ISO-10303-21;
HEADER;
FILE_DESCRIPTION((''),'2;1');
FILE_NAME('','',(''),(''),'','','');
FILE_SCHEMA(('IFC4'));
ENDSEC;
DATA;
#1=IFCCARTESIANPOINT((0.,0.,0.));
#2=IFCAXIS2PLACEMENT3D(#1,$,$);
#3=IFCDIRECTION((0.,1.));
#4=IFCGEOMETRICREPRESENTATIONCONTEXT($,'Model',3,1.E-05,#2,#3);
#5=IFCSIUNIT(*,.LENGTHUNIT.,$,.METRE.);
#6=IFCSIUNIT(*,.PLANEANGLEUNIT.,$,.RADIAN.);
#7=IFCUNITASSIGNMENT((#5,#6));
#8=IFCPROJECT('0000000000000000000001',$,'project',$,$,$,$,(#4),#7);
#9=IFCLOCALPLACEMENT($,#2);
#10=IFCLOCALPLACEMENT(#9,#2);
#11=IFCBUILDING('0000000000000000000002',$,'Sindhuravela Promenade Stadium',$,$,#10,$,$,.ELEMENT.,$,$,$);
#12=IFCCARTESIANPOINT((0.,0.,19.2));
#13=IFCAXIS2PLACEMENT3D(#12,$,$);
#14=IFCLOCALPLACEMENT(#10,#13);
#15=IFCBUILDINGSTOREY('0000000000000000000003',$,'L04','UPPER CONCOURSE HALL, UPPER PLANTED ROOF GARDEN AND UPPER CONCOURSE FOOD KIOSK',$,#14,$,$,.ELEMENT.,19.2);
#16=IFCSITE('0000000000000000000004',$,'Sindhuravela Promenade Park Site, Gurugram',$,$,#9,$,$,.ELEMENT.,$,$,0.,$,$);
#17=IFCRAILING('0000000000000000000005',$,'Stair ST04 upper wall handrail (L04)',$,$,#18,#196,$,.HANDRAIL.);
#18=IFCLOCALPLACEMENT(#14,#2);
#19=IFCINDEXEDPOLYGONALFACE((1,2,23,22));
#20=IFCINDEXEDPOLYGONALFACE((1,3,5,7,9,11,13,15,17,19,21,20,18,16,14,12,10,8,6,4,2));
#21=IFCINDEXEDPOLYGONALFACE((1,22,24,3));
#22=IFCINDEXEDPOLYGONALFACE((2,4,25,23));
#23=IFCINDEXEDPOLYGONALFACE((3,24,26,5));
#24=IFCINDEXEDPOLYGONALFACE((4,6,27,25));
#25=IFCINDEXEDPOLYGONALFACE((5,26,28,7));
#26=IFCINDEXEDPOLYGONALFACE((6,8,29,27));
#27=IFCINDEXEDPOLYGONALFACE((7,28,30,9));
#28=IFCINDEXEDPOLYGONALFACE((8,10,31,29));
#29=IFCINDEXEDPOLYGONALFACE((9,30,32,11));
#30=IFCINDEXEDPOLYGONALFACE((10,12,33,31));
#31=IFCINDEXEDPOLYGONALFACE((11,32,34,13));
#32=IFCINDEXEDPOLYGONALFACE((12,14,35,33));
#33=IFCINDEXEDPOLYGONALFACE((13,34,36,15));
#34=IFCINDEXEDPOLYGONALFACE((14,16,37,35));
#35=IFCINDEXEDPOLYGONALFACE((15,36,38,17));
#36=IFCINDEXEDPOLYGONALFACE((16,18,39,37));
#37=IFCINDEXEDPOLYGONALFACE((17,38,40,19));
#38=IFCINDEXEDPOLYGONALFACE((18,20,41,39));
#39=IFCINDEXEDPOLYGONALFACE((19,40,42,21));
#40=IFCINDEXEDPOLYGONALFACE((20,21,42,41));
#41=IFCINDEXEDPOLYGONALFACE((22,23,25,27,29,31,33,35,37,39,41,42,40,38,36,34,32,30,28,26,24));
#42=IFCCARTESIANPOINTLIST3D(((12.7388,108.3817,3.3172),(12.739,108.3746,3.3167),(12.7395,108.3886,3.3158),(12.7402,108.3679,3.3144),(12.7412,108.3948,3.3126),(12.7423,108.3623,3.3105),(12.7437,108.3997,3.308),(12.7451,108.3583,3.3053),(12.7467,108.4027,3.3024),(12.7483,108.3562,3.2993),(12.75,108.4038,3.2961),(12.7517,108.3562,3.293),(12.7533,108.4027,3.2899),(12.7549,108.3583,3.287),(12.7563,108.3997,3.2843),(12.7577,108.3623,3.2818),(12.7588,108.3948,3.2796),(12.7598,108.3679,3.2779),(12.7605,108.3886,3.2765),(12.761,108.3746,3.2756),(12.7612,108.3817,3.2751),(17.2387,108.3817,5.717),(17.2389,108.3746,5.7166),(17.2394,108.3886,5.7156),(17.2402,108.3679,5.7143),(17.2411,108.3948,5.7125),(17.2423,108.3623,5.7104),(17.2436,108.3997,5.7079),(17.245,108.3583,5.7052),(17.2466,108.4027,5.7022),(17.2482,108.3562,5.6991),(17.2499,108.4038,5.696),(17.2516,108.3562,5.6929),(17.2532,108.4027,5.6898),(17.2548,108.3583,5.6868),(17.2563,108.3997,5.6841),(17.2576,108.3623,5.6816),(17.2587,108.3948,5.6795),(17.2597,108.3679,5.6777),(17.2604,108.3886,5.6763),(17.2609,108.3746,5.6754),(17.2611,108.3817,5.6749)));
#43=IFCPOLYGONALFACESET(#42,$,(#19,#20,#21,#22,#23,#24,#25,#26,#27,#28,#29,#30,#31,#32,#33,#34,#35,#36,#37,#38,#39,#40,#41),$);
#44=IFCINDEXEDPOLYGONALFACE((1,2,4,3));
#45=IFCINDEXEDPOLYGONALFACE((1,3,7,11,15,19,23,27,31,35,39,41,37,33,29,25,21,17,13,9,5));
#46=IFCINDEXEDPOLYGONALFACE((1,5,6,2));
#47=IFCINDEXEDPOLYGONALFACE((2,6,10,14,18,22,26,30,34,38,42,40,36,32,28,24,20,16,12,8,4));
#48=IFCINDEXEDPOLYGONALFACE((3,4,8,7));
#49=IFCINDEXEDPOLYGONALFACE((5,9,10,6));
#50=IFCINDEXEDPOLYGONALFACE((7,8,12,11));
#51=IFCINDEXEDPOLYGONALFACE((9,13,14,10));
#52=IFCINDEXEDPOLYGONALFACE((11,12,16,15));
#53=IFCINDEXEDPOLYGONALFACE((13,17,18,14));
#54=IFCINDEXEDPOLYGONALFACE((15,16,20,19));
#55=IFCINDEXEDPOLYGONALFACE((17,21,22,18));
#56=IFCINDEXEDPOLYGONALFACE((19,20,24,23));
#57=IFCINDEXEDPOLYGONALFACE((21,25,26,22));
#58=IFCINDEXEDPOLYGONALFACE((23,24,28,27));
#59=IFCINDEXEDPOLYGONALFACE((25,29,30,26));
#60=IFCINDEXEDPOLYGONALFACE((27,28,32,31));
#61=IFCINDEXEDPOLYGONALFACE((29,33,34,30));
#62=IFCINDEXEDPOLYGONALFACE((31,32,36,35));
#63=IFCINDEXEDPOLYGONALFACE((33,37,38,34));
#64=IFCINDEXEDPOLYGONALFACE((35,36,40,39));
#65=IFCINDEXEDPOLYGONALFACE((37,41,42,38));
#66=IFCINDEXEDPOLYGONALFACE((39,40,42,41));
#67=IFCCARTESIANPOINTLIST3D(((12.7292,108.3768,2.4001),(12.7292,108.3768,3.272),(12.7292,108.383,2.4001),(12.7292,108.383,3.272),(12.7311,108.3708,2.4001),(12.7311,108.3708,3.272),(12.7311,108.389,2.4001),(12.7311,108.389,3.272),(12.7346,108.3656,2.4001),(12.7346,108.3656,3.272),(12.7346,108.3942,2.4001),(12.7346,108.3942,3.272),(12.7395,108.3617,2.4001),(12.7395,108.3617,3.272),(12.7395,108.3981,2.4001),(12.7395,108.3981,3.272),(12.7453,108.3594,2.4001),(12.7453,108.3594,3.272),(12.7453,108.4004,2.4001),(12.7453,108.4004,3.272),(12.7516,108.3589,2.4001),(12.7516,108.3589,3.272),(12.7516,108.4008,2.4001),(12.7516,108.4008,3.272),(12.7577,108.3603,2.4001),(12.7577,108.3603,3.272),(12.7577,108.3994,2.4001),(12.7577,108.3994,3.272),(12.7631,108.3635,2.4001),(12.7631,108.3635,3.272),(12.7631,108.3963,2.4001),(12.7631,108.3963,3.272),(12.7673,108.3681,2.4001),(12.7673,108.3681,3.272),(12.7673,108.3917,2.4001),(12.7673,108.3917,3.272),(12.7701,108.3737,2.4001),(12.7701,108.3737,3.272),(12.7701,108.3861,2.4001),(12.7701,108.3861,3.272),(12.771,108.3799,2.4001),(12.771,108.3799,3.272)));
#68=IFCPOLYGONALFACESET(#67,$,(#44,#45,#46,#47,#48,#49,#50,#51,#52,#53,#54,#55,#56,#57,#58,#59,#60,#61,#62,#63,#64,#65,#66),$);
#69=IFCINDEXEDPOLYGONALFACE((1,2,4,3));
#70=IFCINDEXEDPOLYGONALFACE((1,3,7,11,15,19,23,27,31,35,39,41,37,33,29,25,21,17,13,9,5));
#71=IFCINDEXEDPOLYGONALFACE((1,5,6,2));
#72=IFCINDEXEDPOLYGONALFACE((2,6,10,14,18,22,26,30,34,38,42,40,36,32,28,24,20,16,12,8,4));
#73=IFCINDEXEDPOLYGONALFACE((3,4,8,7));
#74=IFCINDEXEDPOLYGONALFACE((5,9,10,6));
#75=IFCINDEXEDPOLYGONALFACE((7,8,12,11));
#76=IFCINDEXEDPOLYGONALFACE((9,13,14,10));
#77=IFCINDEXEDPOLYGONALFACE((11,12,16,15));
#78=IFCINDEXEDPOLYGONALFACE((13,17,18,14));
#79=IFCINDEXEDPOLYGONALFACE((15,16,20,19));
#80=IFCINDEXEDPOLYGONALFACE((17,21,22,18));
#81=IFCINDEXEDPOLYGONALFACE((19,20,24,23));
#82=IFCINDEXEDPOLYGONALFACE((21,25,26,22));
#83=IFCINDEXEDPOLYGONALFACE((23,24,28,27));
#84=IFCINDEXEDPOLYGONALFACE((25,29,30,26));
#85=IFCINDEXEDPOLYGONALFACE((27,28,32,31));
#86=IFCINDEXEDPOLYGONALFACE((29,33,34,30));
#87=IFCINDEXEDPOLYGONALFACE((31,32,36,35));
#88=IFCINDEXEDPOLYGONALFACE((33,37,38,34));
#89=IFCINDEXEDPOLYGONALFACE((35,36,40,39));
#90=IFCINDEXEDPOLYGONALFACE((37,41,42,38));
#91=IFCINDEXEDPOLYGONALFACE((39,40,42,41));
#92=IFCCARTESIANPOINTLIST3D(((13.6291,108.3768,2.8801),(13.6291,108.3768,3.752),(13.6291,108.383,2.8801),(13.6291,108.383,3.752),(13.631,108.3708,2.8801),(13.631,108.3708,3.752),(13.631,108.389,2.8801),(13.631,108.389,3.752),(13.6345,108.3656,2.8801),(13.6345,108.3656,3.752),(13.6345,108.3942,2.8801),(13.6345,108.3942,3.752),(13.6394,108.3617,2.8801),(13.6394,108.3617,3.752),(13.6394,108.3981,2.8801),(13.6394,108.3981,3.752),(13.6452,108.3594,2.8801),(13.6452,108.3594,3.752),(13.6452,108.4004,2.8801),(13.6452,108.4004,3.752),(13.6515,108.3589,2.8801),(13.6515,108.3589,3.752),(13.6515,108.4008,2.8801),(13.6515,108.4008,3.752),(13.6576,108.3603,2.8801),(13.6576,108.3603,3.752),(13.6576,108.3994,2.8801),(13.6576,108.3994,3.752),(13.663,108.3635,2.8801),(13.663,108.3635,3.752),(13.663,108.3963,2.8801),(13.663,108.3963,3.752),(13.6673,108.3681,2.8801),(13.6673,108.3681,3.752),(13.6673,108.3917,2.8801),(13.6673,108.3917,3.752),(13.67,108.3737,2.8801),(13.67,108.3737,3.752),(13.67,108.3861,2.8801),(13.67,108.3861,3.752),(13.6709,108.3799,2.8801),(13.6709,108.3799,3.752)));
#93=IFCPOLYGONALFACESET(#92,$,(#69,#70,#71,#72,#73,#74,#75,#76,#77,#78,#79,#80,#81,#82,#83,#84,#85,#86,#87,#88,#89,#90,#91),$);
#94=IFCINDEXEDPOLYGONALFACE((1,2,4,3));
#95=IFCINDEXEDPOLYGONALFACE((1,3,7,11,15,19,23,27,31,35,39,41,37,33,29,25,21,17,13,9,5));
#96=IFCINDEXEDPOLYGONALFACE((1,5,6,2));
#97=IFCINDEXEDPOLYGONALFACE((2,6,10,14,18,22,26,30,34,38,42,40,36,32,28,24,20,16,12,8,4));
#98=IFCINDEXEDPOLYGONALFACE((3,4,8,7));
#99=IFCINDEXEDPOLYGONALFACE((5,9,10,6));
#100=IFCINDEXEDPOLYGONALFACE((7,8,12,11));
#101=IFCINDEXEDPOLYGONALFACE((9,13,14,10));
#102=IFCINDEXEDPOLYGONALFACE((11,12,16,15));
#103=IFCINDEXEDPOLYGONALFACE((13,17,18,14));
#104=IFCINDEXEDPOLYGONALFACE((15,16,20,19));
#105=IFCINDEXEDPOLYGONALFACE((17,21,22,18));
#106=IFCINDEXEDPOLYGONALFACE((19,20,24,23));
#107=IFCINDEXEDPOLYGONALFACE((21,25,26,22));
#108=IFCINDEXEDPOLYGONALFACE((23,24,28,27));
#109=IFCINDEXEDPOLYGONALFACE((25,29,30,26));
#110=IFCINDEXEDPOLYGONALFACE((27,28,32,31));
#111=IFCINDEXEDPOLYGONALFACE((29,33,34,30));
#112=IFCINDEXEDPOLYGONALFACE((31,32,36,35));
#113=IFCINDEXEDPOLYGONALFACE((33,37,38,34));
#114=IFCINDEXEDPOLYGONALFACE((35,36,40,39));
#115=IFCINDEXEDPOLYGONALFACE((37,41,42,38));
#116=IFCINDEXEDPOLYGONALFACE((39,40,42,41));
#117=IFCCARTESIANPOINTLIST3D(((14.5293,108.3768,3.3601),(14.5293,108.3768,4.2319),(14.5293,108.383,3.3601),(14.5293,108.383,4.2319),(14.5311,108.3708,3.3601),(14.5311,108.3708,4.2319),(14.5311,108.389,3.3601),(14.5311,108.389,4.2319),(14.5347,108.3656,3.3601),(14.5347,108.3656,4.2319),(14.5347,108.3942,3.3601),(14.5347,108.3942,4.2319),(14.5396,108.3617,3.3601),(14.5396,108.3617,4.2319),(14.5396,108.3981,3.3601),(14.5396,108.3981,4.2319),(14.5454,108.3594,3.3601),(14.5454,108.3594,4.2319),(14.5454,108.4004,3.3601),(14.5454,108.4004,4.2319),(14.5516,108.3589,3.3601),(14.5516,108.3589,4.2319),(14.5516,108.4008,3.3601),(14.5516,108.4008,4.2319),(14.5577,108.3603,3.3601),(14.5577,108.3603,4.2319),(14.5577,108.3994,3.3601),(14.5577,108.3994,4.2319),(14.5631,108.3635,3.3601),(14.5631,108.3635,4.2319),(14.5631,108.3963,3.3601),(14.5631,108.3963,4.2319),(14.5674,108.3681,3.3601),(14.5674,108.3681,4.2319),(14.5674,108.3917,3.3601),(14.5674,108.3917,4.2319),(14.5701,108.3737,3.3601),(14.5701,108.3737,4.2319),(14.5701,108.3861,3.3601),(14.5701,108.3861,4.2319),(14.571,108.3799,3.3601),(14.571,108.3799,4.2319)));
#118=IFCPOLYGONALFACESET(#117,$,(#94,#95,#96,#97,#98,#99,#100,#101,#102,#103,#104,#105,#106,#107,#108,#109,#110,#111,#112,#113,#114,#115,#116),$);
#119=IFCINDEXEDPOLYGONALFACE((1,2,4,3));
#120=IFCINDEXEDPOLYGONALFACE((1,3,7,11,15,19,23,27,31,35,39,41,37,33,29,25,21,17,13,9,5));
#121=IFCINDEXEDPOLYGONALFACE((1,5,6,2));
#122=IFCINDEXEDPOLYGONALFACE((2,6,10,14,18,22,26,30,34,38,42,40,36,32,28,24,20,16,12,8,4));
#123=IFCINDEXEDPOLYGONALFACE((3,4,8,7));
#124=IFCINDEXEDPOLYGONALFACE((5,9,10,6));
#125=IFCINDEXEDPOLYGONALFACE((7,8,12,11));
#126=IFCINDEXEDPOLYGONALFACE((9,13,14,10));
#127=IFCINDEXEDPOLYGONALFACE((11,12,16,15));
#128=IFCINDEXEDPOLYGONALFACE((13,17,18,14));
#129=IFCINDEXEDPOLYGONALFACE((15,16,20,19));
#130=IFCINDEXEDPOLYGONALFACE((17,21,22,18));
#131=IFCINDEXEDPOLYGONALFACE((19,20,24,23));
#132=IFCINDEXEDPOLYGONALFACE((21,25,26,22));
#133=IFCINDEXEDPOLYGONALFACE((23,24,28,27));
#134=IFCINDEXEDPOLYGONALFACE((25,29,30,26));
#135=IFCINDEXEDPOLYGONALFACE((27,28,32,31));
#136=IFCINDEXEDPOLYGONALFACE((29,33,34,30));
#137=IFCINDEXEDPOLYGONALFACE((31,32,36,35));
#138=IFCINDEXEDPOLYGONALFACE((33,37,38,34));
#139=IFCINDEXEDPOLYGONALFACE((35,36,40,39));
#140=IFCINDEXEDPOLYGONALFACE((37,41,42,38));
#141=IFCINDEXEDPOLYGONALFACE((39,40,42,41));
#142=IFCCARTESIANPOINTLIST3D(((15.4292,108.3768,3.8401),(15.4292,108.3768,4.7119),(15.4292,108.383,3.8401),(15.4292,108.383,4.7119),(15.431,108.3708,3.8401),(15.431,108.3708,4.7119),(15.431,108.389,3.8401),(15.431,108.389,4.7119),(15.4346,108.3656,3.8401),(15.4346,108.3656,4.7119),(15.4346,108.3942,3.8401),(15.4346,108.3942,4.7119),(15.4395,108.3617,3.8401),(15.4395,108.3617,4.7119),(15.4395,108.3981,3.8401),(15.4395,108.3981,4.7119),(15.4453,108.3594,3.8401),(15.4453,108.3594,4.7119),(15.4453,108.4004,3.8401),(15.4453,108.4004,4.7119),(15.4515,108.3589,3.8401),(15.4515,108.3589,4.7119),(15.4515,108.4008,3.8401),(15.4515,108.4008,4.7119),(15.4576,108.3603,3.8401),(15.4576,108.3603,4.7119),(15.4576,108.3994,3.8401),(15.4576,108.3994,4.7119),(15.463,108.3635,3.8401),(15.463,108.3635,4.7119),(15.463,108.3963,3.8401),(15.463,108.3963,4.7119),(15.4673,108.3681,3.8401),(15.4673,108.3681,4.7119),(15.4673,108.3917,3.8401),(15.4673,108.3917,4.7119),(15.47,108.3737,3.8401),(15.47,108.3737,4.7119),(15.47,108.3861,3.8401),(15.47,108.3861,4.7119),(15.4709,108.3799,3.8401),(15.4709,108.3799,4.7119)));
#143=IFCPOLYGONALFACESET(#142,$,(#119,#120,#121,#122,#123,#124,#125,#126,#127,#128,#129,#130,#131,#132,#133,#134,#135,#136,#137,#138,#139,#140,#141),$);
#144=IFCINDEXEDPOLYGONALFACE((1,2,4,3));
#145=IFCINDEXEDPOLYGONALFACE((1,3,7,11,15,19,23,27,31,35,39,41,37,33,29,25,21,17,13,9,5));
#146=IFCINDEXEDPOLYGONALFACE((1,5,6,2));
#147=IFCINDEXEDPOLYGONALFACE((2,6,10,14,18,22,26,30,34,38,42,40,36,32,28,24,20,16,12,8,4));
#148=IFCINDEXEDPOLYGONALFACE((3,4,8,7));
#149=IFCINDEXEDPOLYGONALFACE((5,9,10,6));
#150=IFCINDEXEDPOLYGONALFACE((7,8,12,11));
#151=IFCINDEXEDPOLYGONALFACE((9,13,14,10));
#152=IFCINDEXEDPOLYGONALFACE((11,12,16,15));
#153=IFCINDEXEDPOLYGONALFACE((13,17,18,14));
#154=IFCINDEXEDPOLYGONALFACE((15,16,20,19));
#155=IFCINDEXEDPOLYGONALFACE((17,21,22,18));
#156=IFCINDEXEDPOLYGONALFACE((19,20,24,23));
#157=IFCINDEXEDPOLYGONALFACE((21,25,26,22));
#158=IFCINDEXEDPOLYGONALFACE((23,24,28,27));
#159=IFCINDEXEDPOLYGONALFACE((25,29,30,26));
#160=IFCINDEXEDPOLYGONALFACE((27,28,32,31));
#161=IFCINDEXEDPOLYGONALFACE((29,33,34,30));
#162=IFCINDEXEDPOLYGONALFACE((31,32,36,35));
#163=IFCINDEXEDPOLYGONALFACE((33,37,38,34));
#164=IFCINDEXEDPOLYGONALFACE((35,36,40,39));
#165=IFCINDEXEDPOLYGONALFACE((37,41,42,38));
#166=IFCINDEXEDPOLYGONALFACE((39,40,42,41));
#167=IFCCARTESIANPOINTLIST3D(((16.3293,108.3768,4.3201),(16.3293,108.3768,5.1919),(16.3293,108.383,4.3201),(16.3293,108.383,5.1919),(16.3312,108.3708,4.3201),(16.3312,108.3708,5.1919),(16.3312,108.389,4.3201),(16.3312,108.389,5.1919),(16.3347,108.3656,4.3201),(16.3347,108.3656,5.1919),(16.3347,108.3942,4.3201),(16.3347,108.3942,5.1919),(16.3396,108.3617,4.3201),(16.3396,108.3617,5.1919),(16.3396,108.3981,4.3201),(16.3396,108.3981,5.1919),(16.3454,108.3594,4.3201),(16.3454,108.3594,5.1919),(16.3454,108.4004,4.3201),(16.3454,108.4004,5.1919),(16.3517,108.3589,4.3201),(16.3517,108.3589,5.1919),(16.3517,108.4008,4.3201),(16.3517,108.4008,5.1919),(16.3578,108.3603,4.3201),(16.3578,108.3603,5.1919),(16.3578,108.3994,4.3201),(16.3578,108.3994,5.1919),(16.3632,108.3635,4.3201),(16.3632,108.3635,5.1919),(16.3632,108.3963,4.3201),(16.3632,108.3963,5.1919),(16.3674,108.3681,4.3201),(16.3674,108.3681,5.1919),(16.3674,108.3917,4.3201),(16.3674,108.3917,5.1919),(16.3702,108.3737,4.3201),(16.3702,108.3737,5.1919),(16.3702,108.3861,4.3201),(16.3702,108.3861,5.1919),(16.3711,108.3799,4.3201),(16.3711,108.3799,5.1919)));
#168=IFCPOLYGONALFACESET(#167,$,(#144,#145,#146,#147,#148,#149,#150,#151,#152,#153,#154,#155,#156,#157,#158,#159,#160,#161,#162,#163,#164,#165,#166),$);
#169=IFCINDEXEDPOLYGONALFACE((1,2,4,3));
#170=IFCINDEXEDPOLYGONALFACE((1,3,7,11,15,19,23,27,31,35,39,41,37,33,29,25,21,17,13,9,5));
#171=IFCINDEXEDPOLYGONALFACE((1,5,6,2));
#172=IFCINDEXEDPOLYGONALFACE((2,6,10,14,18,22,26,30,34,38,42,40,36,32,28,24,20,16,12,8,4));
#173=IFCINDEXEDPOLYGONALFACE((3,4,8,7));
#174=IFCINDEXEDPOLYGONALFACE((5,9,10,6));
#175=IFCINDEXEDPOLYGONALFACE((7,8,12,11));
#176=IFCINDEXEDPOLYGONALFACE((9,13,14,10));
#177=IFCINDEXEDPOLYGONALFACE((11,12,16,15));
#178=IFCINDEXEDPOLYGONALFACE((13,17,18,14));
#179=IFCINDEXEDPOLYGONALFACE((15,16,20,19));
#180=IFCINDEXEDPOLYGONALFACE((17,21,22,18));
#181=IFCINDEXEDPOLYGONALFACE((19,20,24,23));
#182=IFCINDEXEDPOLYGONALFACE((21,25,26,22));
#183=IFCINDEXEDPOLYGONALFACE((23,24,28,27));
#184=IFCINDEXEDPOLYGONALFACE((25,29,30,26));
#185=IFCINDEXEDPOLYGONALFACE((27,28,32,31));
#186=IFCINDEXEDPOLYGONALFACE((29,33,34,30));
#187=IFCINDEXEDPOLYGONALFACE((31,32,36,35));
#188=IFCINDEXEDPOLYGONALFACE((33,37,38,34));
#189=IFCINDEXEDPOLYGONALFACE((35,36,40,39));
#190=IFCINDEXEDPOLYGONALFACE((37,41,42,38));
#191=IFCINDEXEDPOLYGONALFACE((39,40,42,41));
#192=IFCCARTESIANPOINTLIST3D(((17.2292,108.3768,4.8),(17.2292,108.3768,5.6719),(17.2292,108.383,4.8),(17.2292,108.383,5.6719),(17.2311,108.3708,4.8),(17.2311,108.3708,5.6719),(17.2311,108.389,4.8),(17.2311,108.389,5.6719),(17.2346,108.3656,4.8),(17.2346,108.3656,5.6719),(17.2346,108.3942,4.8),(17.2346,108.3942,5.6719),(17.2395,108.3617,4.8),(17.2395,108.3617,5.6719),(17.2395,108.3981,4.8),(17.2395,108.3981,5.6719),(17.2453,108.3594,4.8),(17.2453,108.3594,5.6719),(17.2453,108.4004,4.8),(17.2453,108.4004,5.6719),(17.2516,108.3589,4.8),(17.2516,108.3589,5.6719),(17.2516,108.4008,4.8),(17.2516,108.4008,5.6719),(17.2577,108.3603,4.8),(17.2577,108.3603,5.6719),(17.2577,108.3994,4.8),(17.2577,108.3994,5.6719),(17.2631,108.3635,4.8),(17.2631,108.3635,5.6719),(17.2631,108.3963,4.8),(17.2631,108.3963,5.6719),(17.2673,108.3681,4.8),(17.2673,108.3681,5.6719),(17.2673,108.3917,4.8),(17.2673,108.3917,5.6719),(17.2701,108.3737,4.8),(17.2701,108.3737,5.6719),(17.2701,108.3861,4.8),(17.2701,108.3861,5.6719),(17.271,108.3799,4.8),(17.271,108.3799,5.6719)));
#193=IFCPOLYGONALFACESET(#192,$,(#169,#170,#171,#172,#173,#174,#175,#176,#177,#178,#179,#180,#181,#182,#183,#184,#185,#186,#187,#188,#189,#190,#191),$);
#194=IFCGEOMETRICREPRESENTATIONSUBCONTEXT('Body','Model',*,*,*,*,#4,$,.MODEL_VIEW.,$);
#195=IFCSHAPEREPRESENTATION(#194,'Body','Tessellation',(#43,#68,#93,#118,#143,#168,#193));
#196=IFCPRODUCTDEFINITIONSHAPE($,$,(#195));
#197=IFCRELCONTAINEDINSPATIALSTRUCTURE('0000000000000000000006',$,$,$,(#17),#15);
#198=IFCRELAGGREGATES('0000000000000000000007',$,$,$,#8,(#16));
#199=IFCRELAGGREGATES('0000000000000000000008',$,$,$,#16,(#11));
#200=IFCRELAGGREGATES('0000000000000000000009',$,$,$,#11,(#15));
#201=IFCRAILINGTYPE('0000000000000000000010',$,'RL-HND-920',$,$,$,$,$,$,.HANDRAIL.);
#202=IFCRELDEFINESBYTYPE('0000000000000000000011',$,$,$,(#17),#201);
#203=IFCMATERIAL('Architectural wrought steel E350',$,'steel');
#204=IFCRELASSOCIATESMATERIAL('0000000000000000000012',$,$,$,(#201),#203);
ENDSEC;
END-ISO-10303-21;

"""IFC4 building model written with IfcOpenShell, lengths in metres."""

from ifc_helpers import new_model, si_unit, direction, frame, origin, origin_2d, place, context, subcontext, project, spatial, circle, extrude, material, type_object, element, save


model = new_model("IFC4")

# Units and contexts
model_context = context("Model", 3, precision=1e-05, world=origin(), true_north=direction((0.0, 1.0)))
body_context = subcontext(model_context, "Body", "Model", "MODEL_VIEW")
ifc_project = project(units=[si_unit("LENGTHUNIT", "METRE"), si_unit("PLANEANGLEUNIT", "RADIAN")], contexts=[model_context])

# Site, building, storey
site_placement = place(None, origin())
site = spatial("IfcSite", under=ifc_project, at=site_placement, Name="Sindhuravela Promenade Park Site, Gurugram", CompositionType="ELEMENT", RefElevation=0.0)
building_placement = place(site_placement, origin())
building = spatial("IfcBuilding", under=site, at=building_placement, Name="Sindhuravela Promenade Stadium", CompositionType="ELEMENT")
storey_placement = place(building_placement, frame((0.0, 0.0, 19.2)))
storey = spatial("IfcBuildingStorey", under=building, at=storey_placement, Name="L04", Description="UPPER CONCOURSE HALL, UPPER PLANTED ROOF GARDEN AND UPPER CONCOURSE FOOD KIOSK", CompositionType="ELEMENT", Elevation=19.2)

# Railing
ifc_material_1 = material(Name="Architectural wrought steel E350", Category="steel")
railing_type = type_object("IfcRailingType", Name="RL-HND-920", PredefinedType="HANDRAIL", material=ifc_material_1)
railing_placement = place(storey_placement, frame((12.75, 108.3799, 2.4001)))
element("IfcRailing", 1, at=railing_placement, inside=storey, type_object=railing_type, Name="Stair ST04 upper wall handrail (L04)", PredefinedType="HANDRAIL", context=body_context, shape_type="SweptSolid", body=[
    extrude(circle(Radius=0.0239, at=origin_2d()), frame((0.0, 0.0, 0.896), z_axis=(0.882361, 0.0, 0.470573), x_axis=(0.0, 1.0, 0.0)), (0.0, 0.0, 1.0), 5.0999),
    extrude(circle(Radius=0.021, at=origin_2d()), origin(), (0.0, 0.0, 1.0), 0.8718),
    extrude(circle(Radius=0.021, at=origin_2d()), frame((0.8999, 0.0, 0.48)), (0.0, 0.0, 1.0), 0.8718),
    extrude(circle(Radius=0.021, at=origin_2d()), frame((1.8, 0.0, 0.96)), (0.0, 0.0, 1.0), 0.8718),
    extrude(circle(Radius=0.021, at=origin_2d()), frame((2.7, 0.0, 1.4399)), (0.0, 0.0, 1.0), 0.8718),
    extrude(circle(Radius=0.021, at=origin_2d()), frame((3.6001, 0.0, 1.9199)), (0.0, 0.0, 1.0), 0.8718),
    extrude(circle(Radius=0.021, at=origin_2d()), frame((4.5, 0.0, 2.3999)), (0.0, 0.0, 1.0), 0.8718),
])

save(model, "model.ifc")
